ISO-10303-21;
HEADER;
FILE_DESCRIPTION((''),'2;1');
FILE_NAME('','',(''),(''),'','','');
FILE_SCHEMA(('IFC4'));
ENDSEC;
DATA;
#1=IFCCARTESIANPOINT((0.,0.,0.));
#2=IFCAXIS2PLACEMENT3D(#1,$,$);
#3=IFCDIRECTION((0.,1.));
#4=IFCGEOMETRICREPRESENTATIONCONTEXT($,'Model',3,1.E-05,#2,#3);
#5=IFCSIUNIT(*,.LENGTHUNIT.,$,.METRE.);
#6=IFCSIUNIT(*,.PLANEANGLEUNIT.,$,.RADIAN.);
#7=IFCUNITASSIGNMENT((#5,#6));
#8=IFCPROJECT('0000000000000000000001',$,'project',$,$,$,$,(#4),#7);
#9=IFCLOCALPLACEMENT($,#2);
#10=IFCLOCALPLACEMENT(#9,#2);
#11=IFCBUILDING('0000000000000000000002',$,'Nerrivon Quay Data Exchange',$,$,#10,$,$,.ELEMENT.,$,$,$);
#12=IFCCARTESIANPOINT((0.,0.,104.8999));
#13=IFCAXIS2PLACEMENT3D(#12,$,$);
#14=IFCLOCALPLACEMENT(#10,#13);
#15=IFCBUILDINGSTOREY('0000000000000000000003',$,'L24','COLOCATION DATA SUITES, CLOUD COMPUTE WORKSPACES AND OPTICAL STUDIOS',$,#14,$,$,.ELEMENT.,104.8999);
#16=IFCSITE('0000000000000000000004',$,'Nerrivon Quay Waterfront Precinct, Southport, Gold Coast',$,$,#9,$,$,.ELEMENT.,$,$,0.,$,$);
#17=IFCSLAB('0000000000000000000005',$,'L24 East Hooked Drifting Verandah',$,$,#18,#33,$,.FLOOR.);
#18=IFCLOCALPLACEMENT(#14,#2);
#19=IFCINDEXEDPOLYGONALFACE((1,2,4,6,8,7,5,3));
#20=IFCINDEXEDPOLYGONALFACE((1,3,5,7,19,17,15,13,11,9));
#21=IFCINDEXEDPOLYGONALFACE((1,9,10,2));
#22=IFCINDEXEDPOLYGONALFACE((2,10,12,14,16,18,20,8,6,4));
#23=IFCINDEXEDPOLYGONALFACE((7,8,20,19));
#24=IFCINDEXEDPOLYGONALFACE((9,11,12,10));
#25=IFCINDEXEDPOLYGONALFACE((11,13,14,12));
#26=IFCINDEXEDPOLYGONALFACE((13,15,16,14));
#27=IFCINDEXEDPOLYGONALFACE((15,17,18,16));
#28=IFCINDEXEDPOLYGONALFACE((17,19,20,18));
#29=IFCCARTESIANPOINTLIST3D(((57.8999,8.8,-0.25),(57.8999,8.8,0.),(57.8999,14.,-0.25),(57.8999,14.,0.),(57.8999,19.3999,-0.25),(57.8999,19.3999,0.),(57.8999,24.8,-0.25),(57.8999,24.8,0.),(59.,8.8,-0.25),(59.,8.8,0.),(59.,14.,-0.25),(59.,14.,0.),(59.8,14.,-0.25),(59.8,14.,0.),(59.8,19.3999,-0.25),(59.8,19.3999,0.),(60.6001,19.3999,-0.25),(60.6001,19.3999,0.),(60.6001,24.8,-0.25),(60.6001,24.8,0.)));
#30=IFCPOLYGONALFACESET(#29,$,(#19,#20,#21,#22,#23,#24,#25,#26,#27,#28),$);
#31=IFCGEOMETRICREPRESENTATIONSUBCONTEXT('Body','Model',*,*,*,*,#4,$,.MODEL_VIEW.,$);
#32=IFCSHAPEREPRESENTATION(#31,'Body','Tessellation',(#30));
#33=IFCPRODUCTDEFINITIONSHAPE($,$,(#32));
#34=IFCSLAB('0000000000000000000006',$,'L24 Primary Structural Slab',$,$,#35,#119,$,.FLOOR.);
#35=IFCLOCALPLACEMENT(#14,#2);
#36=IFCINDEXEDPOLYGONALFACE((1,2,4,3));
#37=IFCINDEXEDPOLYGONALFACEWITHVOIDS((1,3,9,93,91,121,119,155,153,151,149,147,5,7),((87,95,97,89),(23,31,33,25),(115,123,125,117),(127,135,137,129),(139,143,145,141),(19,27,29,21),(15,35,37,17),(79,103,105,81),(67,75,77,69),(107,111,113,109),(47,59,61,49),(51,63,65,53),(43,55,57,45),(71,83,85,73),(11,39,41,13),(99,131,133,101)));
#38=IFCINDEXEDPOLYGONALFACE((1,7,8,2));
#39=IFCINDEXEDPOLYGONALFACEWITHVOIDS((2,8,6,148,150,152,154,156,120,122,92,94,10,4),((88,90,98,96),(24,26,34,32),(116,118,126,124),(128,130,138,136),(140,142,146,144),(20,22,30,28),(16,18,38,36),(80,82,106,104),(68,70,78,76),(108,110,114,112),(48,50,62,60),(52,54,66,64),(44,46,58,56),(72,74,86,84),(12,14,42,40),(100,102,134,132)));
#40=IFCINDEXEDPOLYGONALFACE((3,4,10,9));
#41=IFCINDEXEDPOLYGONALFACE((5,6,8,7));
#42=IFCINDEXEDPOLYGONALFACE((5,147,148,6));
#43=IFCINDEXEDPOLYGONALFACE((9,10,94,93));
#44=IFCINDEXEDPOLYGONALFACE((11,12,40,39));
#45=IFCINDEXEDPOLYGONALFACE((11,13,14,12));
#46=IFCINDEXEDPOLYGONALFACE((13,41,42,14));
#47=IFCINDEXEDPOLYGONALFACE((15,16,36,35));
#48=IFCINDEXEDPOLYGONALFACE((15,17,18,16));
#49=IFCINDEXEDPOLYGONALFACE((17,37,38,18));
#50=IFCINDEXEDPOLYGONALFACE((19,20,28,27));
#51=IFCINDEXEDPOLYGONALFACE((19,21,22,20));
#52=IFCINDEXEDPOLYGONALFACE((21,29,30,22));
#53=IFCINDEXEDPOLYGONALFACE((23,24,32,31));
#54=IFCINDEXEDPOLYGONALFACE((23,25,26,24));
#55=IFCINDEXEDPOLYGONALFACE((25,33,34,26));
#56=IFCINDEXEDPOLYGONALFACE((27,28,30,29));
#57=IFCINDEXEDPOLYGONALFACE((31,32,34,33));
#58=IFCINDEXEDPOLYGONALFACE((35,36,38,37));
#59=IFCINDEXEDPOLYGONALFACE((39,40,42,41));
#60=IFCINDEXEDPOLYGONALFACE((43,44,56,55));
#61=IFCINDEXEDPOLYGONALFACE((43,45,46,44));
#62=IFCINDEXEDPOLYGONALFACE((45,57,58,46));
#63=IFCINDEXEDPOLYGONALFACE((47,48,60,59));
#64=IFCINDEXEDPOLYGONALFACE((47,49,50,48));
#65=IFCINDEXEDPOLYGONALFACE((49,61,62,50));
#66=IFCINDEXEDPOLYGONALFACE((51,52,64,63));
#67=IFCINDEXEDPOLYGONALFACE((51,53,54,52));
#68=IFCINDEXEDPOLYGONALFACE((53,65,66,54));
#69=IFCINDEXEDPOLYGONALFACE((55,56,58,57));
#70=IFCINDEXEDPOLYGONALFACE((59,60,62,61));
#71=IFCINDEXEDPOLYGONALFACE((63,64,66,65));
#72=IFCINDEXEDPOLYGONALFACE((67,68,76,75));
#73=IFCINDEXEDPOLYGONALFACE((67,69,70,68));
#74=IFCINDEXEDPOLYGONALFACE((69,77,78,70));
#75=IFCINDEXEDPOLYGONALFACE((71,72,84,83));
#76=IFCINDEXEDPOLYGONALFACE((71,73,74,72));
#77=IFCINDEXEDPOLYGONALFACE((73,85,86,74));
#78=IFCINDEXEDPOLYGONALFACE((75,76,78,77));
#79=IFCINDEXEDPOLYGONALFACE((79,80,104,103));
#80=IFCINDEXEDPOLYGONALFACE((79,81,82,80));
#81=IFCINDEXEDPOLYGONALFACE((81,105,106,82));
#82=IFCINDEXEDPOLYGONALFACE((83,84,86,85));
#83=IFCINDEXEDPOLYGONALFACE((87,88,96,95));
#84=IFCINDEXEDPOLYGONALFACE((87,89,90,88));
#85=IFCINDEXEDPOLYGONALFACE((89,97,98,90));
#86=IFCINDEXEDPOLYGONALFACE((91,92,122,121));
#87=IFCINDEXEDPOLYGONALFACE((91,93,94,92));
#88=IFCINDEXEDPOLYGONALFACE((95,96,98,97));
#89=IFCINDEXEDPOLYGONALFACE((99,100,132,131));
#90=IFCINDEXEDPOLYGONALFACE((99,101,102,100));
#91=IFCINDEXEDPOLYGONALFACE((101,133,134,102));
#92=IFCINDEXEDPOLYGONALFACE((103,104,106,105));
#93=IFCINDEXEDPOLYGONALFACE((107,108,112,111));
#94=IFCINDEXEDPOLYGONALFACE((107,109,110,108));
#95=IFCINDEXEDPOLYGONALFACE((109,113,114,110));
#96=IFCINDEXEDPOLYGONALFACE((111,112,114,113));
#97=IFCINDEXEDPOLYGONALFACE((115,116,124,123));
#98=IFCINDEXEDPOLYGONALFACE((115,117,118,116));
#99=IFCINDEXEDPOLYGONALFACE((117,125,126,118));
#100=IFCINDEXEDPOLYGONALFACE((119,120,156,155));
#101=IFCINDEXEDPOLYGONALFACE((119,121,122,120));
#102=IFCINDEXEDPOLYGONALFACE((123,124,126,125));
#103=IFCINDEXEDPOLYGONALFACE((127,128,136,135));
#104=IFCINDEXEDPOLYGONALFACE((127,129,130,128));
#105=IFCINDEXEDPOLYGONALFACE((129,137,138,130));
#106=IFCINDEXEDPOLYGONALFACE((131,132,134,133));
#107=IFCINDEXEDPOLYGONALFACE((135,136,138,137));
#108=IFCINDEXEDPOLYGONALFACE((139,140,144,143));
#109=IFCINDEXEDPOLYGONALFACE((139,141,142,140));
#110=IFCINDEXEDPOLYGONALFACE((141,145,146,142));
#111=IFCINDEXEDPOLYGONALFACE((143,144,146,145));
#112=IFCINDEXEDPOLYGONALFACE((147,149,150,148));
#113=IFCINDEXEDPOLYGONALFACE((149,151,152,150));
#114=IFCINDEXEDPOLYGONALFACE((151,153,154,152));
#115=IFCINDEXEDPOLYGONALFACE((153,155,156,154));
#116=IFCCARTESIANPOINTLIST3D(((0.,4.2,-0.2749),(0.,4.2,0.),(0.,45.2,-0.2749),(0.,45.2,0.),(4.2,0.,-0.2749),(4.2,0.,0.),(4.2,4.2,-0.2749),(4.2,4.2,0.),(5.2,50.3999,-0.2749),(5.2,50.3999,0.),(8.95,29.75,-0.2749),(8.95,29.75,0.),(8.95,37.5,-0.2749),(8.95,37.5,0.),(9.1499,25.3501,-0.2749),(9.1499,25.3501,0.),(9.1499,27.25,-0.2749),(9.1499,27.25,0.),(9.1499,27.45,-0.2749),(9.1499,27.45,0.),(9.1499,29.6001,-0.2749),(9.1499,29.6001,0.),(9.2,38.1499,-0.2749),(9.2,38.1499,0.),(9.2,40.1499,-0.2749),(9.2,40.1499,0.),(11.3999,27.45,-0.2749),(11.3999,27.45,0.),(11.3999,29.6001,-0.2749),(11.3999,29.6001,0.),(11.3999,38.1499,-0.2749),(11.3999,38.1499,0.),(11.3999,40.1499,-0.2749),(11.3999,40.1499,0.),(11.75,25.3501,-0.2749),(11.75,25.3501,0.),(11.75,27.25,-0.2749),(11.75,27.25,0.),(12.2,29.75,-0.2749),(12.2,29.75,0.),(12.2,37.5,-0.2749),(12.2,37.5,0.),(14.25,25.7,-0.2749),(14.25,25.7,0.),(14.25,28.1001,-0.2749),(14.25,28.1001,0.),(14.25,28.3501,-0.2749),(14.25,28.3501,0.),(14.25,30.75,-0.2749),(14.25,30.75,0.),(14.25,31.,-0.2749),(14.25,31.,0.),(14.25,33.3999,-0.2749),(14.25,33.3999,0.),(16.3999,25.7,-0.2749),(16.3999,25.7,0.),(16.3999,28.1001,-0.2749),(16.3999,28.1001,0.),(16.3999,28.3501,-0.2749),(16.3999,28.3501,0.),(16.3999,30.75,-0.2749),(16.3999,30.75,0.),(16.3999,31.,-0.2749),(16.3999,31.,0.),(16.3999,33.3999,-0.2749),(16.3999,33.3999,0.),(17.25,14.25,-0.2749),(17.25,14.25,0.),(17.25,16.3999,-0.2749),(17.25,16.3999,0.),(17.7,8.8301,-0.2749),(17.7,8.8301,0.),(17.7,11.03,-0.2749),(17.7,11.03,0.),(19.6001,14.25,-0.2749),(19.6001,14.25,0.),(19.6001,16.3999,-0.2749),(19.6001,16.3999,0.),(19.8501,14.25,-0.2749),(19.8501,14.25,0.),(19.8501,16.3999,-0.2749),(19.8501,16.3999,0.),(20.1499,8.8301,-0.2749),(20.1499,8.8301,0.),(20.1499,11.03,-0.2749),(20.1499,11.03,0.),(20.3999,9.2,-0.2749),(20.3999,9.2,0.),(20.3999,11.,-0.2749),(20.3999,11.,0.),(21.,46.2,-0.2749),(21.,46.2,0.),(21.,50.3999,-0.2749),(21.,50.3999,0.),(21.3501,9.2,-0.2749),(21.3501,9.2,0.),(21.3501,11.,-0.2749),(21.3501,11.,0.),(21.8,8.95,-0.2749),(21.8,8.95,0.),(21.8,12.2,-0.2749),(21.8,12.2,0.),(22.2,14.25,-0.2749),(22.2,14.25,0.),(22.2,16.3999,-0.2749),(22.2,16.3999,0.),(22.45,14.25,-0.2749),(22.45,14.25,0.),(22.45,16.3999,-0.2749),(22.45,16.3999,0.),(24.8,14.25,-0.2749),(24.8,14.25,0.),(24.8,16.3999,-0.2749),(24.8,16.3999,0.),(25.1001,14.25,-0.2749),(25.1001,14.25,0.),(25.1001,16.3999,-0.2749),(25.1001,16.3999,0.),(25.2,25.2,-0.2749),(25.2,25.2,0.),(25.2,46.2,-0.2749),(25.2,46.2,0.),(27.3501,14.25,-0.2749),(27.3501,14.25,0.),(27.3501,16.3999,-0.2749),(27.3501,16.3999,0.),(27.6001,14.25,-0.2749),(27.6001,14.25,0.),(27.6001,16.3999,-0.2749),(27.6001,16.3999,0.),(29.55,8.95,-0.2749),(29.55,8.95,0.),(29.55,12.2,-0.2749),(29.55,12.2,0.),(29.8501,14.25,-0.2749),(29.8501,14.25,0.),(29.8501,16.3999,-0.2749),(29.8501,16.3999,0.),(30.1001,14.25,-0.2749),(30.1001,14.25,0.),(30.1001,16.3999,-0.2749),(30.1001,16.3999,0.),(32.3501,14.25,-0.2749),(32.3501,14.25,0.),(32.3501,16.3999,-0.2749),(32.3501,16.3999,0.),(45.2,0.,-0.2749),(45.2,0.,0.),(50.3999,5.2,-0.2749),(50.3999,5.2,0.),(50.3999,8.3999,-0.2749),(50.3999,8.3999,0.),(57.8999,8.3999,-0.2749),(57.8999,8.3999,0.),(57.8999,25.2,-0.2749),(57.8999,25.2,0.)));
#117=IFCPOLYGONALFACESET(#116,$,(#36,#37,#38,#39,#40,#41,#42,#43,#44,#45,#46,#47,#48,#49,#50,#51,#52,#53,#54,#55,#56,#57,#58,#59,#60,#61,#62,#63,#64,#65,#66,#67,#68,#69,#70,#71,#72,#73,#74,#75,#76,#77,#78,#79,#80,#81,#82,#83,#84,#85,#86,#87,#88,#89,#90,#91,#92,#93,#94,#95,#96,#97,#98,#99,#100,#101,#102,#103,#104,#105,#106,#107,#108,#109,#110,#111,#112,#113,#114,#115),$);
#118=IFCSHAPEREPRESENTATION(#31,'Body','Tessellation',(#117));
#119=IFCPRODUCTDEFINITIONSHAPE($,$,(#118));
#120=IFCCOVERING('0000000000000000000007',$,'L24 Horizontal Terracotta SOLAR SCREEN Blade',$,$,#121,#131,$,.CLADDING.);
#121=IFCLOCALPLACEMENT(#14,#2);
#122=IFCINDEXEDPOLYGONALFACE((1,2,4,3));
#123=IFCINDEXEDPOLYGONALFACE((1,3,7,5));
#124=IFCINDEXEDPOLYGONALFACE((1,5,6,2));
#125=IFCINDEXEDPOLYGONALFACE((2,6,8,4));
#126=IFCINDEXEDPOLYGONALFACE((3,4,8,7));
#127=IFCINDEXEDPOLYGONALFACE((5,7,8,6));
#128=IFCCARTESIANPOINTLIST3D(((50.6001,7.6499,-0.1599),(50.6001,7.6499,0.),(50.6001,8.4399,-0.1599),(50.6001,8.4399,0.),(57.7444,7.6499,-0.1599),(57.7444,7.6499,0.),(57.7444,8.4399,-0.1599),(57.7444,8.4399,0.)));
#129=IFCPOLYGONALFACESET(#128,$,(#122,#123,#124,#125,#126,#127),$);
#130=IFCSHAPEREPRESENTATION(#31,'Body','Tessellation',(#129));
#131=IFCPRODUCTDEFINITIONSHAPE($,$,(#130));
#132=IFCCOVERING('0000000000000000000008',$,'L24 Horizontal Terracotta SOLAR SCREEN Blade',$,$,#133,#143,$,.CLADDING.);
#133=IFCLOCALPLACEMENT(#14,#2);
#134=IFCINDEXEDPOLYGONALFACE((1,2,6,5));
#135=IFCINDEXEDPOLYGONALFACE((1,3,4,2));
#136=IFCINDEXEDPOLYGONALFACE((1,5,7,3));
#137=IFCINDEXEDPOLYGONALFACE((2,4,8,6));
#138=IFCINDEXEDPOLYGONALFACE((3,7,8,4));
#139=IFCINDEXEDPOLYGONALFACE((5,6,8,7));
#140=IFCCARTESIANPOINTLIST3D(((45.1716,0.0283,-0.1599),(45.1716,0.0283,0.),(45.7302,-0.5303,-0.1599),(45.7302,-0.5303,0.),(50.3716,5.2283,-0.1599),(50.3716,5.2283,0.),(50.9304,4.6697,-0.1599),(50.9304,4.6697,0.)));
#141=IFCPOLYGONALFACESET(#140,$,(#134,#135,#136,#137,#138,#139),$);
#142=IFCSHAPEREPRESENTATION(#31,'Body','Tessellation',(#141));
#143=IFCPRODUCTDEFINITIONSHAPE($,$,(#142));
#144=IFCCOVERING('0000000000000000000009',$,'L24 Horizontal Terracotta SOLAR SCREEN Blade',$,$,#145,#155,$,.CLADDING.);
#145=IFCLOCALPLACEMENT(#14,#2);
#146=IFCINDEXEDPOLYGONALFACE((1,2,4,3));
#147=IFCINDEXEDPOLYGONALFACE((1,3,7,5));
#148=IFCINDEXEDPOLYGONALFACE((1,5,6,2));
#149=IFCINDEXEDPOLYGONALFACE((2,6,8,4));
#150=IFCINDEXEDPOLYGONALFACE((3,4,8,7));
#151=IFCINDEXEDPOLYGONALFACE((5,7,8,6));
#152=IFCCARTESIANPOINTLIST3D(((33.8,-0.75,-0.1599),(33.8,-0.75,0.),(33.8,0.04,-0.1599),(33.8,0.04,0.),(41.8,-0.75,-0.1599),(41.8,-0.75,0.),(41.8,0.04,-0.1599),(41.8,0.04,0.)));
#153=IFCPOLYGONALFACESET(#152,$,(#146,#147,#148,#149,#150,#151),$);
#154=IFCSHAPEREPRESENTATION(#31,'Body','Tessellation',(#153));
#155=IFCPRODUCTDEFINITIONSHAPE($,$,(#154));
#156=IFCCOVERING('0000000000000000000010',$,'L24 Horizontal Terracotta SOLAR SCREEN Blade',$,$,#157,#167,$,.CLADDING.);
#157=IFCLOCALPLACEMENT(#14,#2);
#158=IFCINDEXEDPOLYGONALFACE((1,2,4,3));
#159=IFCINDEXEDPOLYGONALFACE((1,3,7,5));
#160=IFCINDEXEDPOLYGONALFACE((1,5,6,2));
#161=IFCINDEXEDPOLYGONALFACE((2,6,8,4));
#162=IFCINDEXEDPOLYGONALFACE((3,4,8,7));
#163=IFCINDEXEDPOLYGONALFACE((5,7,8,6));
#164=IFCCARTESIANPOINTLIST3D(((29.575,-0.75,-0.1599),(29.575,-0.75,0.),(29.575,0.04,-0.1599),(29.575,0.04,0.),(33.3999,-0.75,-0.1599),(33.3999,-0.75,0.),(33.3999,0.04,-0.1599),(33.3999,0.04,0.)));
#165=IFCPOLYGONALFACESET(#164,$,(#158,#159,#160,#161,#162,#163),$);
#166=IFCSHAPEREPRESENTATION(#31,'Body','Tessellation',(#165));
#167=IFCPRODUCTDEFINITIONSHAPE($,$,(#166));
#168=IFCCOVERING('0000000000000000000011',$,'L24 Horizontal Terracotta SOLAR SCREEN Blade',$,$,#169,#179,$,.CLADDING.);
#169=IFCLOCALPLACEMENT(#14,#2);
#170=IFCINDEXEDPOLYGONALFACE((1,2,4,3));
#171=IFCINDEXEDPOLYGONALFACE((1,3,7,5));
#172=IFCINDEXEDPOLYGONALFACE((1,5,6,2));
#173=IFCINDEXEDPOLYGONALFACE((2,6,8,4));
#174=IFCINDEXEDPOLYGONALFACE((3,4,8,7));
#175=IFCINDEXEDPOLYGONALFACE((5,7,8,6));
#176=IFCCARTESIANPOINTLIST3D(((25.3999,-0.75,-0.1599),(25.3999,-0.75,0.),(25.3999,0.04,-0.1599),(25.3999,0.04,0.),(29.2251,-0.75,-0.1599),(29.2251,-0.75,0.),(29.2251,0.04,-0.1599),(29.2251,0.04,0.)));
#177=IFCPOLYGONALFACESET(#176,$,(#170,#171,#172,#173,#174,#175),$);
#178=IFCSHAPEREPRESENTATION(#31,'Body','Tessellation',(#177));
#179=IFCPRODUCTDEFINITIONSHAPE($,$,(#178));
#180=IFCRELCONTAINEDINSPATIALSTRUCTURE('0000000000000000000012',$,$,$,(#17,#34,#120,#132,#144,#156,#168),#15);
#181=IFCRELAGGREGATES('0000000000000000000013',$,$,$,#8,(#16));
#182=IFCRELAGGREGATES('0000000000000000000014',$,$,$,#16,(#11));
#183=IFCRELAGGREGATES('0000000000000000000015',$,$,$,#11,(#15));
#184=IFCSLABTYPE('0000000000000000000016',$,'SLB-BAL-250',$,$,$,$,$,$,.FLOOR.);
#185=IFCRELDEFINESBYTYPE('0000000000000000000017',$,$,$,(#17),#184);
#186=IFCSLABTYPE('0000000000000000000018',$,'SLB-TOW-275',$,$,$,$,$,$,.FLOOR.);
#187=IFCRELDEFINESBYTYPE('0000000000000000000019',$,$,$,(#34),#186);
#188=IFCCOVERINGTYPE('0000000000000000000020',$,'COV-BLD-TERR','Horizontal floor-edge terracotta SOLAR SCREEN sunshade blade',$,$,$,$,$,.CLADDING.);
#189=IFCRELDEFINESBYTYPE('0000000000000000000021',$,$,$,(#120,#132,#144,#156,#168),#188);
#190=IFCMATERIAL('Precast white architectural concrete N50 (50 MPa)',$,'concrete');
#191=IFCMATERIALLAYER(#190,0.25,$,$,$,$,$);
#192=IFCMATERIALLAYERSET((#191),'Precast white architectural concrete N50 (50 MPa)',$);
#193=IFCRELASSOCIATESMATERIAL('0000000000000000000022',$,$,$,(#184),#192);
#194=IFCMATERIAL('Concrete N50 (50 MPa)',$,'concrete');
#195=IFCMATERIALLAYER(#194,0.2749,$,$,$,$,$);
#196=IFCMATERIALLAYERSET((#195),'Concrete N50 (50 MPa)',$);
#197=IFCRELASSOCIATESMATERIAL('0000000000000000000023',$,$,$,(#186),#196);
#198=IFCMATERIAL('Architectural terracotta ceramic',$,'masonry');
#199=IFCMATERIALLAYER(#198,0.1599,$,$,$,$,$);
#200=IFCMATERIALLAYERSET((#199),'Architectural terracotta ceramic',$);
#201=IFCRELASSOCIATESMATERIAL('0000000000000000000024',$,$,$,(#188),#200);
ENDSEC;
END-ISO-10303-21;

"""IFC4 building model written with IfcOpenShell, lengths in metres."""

from ifc_helpers import new_model, si_unit, direction, frame, origin, place, context, subcontext, project, spatial, polyline, outline, extrude, material, layer, layer_set, type_object, element, save


model = new_model("IFC4")

# Units and contexts
model_context = context("Model", 3, precision=1e-05, world=origin(), true_north=direction((0.0, 1.0)))
body_context = subcontext(model_context, "Body", "Model", "MODEL_VIEW")
ifc_project = project(units=[si_unit("LENGTHUNIT", "METRE"), si_unit("PLANEANGLEUNIT", "RADIAN")], contexts=[model_context])

# Site, building, storey
site_placement = place(None, origin())
site = spatial("IfcSite", under=ifc_project, at=site_placement, Name="Nerrivon Quay Waterfront Precinct, Southport, Gold Coast", CompositionType="ELEMENT", RefElevation=0.0)
building_placement = place(site_placement, origin())
building = spatial("IfcBuilding", under=site, at=building_placement, Name="Nerrivon Quay Data Exchange", CompositionType="ELEMENT")
storey_placement = place(building_placement, frame((0.0, 0.0, 104.8999)))
storey = spatial("IfcBuildingStorey", under=building, at=storey_placement, Name="L24", Description="COLOCATION DATA SUITES, CLOUD COMPUTE WORKSPACES AND OPTICAL STUDIOS", CompositionType="ELEMENT", Elevation=104.8999)

# Slabs
ifc_material_1 = material(Name="Precast white architectural concrete N50 (50 MPa)", Category="concrete")
ifc_layer_1 = layer(ifc_material_1, 0.25)
ifc_layer_set_1 = layer_set([ifc_layer_1], Name="Precast white architectural concrete N50 (50 MPa)")
slab_type_1 = type_object("IfcSlabType", Name="SLB-BAL-250", PredefinedType="FLOOR", material=ifc_layer_set_1)
slab_1_placement = place(storey_placement, frame((0.0, 0.0, -0.25)))
element("IfcSlab", 1, at=slab_1_placement, inside=storey, type_object=slab_type_1, Name="L24 East Hooked Drifting Verandah", PredefinedType="FLOOR", context=body_context, shape_type="SweptSolid", body=[
    extrude(outline(polyline([(59.0, 14.0), (59.8, 14.0), (59.8, 19.3999), (60.6001, 19.3999), (60.6001, 24.8), (57.8999, 24.8), (57.8999, 19.3999), (57.8999, 14.0), (57.8999, 8.8), (59.0, 8.8), (59.0, 14.0)])), origin(), (0.0, 0.0, 1.0), 0.25),
])
ifc_material_2 = material(Name="Concrete N50 (50 MPa)", Category="concrete")
ifc_layer_2 = layer(ifc_material_2, 0.2749)
ifc_layer_set_2 = layer_set([ifc_layer_2], Name="Concrete N50 (50 MPa)")
slab_type_2 = type_object("IfcSlabType", Name="SLB-TOW-275", PredefinedType="FLOOR", material=ifc_layer_set_2)
slab_2_placement = place(storey_placement, frame((0.0, 0.0, -0.2749)))
element("IfcSlab", 2, at=slab_2_placement, inside=storey, type_object=slab_type_2, Name="L24 Primary Structural Slab", PredefinedType="FLOOR", context=body_context, shape_type="SweptSolid", body=[
    extrude(outline(polyline([(25.2, 25.2), (25.2, 46.2), (21.0, 46.2), (21.0, 50.3999), (5.2, 50.3999), (0.0, 45.2), (0.0, 4.2), (4.2, 4.2), (4.2, 0.0), (45.2, 0.0), (50.3999, 5.2), (50.3999, 8.3999), (57.8999, 8.3999), (57.8999, 25.2), (25.2, 25.2)]), holes=[polyline([(8.95, 29.75), (8.95, 37.5), (12.2, 37.5), (12.2, 29.75), (8.95, 29.75)]), polyline([(21.8, 12.2), (29.55, 12.2), (29.55, 8.95), (21.8, 8.95), (21.8, 12.2)]), polyline([(30.1001, 16.3999), (32.3501, 16.3999), (32.3501, 14.25), (30.1001, 14.25), (30.1001, 16.3999)]), polyline([(27.6001, 16.3999), (29.8501, 16.3999), (29.8501, 14.25), (27.6001, 14.25), (27.6001, 16.3999)]), polyline([(25.1001, 16.3999), (27.3501, 16.3999), (27.3501, 14.25), (25.1001, 14.25), (25.1001, 16.3999)]), polyline([(22.45, 16.3999), (24.8, 16.3999), (24.8, 14.25), (22.45, 14.25), (22.45, 16.3999)]), polyline([(19.8501, 16.3999), (22.2, 16.3999), (22.2, 14.25), (19.8501, 14.25), (19.8501, 16.3999)]), polyline([(20.3999, 11.0), (21.3501, 11.0), (21.3501, 9.2), (20.3999, 9.2), (20.3999, 11.0)]), polyline([(17.7, 8.8301), (17.7, 11.03), (20.1499, 11.03), (20.1499, 8.8301), (17.7, 8.8301)]), polyline([(17.25, 14.25), (17.25, 16.3999), (19.6001, 16.3999), (19.6001, 14.25), (17.25, 14.25)]), polyline([(14.25, 28.1001), (16.3999, 28.1001), (16.3999, 25.7), (14.25, 25.7), (14.25, 28.1001)]), polyline([(14.25, 30.75), (16.3999, 30.75), (16.3999, 28.3501), (14.25, 28.3501), (14.25, 30.75)]), polyline([(14.25, 33.3999), (16.3999, 33.3999), (16.3999, 31.0), (14.25, 31.0), (14.25, 33.3999)]), polyline([(9.1499, 27.25), (11.75, 27.25), (11.75, 25.3501), (9.1499, 25.3501), (9.1499, 27.25)]), polyline([(9.1499, 29.6001), (11.3999, 29.6001), (11.3999, 27.45), (9.1499, 27.45), (9.1499, 29.6001)]), polyline([(9.2, 40.1499), (11.3999, 40.1499), (11.3999, 38.1499), (9.2, 38.1499), (9.2, 40.1499)])]), origin(), (0.0, 0.0, 1.0), 0.2749),
])

# Coverings
ifc_material_3 = material(Name="Architectural terracotta ceramic", Category="masonry")
ifc_layer_3 = layer(ifc_material_3, 0.1599)
ifc_layer_set_3 = layer_set([ifc_layer_3], Name="Architectural terracotta ceramic")
covering_type = type_object("IfcCoveringType", Name="COV-BLD-TERR", Description="Horizontal floor-edge terracotta SOLAR SCREEN sunshade blade", PredefinedType="CLADDING", material=ifc_layer_set_3)
covering_1_placement = place(storey_placement, frame((0.0, 0.0, -0.1599)))
element("IfcCovering", 3, at=covering_1_placement, inside=storey, type_object=covering_type, Name="L24 Horizontal Terracotta SOLAR SCREEN Blade", PredefinedType="CLADDING", context=body_context, shape_type="SweptSolid", body=[
    extrude(outline(polyline([(57.7444, 8.4399), (50.6001, 8.4399), (50.6001, 7.6499), (57.7444, 7.6499), (57.7444, 8.4399)])), origin(), (0.0, 0.0, 1.0), 0.1599),
])
covering_2_placement = place(storey_placement, frame((0.0, 0.0, -0.1599)))
element("IfcCovering", 4, at=covering_2_placement, inside=storey, type_object=covering_type, Name="L24 Horizontal Terracotta SOLAR SCREEN Blade", PredefinedType="CLADDING", context=body_context, shape_type="SweptSolid", body=[
    extrude(outline(polyline([(50.3716, 5.2283), (45.1716, 0.0283), (45.7302, -0.5303), (50.9304, 4.6697), (50.3716, 5.2283)])), origin(), (0.0, 0.0, 1.0), 0.1599),
])
covering_3_placement = place(storey_placement, frame((0.0, 0.0, -0.1599)))
element("IfcCovering", 5, at=covering_3_placement, inside=storey, type_object=covering_type, Name="L24 Horizontal Terracotta SOLAR SCREEN Blade", PredefinedType="CLADDING", context=body_context, shape_type="SweptSolid", body=[
    extrude(outline(polyline([(41.8, 0.04), (33.8, 0.04), (33.8, -0.75), (41.8, -0.75), (41.8, 0.04)])), origin(), (0.0, 0.0, 1.0), 0.1599),
])
covering_4_placement = place(storey_placement, frame((0.0, 0.0, -0.1599)))
element("IfcCovering", 6, at=covering_4_placement, inside=storey, type_object=covering_type, Name="L24 Horizontal Terracotta SOLAR SCREEN Blade", PredefinedType="CLADDING", context=body_context, shape_type="SweptSolid", body=[
    extrude(outline(polyline([(33.3999, 0.04), (29.575, 0.04), (29.575, -0.75), (33.3999, -0.75), (33.3999, 0.04)])), origin(), (0.0, 0.0, 1.0), 0.1599),
])
covering_5_placement = place(storey_placement, frame((0.0, 0.0, -0.1599)))
element("IfcCovering", 7, at=covering_5_placement, inside=storey, type_object=covering_type, Name="L24 Horizontal Terracotta SOLAR SCREEN Blade", PredefinedType="CLADDING", context=body_context, shape_type="SweptSolid", body=[
    extrude(outline(polyline([(29.2251, 0.04), (25.3999, 0.04), (25.3999, -0.75), (29.2251, -0.75), (29.2251, 0.04)])), origin(), (0.0, 0.0, 1.0), 0.1599),
])

save(model, "model.ifc")
